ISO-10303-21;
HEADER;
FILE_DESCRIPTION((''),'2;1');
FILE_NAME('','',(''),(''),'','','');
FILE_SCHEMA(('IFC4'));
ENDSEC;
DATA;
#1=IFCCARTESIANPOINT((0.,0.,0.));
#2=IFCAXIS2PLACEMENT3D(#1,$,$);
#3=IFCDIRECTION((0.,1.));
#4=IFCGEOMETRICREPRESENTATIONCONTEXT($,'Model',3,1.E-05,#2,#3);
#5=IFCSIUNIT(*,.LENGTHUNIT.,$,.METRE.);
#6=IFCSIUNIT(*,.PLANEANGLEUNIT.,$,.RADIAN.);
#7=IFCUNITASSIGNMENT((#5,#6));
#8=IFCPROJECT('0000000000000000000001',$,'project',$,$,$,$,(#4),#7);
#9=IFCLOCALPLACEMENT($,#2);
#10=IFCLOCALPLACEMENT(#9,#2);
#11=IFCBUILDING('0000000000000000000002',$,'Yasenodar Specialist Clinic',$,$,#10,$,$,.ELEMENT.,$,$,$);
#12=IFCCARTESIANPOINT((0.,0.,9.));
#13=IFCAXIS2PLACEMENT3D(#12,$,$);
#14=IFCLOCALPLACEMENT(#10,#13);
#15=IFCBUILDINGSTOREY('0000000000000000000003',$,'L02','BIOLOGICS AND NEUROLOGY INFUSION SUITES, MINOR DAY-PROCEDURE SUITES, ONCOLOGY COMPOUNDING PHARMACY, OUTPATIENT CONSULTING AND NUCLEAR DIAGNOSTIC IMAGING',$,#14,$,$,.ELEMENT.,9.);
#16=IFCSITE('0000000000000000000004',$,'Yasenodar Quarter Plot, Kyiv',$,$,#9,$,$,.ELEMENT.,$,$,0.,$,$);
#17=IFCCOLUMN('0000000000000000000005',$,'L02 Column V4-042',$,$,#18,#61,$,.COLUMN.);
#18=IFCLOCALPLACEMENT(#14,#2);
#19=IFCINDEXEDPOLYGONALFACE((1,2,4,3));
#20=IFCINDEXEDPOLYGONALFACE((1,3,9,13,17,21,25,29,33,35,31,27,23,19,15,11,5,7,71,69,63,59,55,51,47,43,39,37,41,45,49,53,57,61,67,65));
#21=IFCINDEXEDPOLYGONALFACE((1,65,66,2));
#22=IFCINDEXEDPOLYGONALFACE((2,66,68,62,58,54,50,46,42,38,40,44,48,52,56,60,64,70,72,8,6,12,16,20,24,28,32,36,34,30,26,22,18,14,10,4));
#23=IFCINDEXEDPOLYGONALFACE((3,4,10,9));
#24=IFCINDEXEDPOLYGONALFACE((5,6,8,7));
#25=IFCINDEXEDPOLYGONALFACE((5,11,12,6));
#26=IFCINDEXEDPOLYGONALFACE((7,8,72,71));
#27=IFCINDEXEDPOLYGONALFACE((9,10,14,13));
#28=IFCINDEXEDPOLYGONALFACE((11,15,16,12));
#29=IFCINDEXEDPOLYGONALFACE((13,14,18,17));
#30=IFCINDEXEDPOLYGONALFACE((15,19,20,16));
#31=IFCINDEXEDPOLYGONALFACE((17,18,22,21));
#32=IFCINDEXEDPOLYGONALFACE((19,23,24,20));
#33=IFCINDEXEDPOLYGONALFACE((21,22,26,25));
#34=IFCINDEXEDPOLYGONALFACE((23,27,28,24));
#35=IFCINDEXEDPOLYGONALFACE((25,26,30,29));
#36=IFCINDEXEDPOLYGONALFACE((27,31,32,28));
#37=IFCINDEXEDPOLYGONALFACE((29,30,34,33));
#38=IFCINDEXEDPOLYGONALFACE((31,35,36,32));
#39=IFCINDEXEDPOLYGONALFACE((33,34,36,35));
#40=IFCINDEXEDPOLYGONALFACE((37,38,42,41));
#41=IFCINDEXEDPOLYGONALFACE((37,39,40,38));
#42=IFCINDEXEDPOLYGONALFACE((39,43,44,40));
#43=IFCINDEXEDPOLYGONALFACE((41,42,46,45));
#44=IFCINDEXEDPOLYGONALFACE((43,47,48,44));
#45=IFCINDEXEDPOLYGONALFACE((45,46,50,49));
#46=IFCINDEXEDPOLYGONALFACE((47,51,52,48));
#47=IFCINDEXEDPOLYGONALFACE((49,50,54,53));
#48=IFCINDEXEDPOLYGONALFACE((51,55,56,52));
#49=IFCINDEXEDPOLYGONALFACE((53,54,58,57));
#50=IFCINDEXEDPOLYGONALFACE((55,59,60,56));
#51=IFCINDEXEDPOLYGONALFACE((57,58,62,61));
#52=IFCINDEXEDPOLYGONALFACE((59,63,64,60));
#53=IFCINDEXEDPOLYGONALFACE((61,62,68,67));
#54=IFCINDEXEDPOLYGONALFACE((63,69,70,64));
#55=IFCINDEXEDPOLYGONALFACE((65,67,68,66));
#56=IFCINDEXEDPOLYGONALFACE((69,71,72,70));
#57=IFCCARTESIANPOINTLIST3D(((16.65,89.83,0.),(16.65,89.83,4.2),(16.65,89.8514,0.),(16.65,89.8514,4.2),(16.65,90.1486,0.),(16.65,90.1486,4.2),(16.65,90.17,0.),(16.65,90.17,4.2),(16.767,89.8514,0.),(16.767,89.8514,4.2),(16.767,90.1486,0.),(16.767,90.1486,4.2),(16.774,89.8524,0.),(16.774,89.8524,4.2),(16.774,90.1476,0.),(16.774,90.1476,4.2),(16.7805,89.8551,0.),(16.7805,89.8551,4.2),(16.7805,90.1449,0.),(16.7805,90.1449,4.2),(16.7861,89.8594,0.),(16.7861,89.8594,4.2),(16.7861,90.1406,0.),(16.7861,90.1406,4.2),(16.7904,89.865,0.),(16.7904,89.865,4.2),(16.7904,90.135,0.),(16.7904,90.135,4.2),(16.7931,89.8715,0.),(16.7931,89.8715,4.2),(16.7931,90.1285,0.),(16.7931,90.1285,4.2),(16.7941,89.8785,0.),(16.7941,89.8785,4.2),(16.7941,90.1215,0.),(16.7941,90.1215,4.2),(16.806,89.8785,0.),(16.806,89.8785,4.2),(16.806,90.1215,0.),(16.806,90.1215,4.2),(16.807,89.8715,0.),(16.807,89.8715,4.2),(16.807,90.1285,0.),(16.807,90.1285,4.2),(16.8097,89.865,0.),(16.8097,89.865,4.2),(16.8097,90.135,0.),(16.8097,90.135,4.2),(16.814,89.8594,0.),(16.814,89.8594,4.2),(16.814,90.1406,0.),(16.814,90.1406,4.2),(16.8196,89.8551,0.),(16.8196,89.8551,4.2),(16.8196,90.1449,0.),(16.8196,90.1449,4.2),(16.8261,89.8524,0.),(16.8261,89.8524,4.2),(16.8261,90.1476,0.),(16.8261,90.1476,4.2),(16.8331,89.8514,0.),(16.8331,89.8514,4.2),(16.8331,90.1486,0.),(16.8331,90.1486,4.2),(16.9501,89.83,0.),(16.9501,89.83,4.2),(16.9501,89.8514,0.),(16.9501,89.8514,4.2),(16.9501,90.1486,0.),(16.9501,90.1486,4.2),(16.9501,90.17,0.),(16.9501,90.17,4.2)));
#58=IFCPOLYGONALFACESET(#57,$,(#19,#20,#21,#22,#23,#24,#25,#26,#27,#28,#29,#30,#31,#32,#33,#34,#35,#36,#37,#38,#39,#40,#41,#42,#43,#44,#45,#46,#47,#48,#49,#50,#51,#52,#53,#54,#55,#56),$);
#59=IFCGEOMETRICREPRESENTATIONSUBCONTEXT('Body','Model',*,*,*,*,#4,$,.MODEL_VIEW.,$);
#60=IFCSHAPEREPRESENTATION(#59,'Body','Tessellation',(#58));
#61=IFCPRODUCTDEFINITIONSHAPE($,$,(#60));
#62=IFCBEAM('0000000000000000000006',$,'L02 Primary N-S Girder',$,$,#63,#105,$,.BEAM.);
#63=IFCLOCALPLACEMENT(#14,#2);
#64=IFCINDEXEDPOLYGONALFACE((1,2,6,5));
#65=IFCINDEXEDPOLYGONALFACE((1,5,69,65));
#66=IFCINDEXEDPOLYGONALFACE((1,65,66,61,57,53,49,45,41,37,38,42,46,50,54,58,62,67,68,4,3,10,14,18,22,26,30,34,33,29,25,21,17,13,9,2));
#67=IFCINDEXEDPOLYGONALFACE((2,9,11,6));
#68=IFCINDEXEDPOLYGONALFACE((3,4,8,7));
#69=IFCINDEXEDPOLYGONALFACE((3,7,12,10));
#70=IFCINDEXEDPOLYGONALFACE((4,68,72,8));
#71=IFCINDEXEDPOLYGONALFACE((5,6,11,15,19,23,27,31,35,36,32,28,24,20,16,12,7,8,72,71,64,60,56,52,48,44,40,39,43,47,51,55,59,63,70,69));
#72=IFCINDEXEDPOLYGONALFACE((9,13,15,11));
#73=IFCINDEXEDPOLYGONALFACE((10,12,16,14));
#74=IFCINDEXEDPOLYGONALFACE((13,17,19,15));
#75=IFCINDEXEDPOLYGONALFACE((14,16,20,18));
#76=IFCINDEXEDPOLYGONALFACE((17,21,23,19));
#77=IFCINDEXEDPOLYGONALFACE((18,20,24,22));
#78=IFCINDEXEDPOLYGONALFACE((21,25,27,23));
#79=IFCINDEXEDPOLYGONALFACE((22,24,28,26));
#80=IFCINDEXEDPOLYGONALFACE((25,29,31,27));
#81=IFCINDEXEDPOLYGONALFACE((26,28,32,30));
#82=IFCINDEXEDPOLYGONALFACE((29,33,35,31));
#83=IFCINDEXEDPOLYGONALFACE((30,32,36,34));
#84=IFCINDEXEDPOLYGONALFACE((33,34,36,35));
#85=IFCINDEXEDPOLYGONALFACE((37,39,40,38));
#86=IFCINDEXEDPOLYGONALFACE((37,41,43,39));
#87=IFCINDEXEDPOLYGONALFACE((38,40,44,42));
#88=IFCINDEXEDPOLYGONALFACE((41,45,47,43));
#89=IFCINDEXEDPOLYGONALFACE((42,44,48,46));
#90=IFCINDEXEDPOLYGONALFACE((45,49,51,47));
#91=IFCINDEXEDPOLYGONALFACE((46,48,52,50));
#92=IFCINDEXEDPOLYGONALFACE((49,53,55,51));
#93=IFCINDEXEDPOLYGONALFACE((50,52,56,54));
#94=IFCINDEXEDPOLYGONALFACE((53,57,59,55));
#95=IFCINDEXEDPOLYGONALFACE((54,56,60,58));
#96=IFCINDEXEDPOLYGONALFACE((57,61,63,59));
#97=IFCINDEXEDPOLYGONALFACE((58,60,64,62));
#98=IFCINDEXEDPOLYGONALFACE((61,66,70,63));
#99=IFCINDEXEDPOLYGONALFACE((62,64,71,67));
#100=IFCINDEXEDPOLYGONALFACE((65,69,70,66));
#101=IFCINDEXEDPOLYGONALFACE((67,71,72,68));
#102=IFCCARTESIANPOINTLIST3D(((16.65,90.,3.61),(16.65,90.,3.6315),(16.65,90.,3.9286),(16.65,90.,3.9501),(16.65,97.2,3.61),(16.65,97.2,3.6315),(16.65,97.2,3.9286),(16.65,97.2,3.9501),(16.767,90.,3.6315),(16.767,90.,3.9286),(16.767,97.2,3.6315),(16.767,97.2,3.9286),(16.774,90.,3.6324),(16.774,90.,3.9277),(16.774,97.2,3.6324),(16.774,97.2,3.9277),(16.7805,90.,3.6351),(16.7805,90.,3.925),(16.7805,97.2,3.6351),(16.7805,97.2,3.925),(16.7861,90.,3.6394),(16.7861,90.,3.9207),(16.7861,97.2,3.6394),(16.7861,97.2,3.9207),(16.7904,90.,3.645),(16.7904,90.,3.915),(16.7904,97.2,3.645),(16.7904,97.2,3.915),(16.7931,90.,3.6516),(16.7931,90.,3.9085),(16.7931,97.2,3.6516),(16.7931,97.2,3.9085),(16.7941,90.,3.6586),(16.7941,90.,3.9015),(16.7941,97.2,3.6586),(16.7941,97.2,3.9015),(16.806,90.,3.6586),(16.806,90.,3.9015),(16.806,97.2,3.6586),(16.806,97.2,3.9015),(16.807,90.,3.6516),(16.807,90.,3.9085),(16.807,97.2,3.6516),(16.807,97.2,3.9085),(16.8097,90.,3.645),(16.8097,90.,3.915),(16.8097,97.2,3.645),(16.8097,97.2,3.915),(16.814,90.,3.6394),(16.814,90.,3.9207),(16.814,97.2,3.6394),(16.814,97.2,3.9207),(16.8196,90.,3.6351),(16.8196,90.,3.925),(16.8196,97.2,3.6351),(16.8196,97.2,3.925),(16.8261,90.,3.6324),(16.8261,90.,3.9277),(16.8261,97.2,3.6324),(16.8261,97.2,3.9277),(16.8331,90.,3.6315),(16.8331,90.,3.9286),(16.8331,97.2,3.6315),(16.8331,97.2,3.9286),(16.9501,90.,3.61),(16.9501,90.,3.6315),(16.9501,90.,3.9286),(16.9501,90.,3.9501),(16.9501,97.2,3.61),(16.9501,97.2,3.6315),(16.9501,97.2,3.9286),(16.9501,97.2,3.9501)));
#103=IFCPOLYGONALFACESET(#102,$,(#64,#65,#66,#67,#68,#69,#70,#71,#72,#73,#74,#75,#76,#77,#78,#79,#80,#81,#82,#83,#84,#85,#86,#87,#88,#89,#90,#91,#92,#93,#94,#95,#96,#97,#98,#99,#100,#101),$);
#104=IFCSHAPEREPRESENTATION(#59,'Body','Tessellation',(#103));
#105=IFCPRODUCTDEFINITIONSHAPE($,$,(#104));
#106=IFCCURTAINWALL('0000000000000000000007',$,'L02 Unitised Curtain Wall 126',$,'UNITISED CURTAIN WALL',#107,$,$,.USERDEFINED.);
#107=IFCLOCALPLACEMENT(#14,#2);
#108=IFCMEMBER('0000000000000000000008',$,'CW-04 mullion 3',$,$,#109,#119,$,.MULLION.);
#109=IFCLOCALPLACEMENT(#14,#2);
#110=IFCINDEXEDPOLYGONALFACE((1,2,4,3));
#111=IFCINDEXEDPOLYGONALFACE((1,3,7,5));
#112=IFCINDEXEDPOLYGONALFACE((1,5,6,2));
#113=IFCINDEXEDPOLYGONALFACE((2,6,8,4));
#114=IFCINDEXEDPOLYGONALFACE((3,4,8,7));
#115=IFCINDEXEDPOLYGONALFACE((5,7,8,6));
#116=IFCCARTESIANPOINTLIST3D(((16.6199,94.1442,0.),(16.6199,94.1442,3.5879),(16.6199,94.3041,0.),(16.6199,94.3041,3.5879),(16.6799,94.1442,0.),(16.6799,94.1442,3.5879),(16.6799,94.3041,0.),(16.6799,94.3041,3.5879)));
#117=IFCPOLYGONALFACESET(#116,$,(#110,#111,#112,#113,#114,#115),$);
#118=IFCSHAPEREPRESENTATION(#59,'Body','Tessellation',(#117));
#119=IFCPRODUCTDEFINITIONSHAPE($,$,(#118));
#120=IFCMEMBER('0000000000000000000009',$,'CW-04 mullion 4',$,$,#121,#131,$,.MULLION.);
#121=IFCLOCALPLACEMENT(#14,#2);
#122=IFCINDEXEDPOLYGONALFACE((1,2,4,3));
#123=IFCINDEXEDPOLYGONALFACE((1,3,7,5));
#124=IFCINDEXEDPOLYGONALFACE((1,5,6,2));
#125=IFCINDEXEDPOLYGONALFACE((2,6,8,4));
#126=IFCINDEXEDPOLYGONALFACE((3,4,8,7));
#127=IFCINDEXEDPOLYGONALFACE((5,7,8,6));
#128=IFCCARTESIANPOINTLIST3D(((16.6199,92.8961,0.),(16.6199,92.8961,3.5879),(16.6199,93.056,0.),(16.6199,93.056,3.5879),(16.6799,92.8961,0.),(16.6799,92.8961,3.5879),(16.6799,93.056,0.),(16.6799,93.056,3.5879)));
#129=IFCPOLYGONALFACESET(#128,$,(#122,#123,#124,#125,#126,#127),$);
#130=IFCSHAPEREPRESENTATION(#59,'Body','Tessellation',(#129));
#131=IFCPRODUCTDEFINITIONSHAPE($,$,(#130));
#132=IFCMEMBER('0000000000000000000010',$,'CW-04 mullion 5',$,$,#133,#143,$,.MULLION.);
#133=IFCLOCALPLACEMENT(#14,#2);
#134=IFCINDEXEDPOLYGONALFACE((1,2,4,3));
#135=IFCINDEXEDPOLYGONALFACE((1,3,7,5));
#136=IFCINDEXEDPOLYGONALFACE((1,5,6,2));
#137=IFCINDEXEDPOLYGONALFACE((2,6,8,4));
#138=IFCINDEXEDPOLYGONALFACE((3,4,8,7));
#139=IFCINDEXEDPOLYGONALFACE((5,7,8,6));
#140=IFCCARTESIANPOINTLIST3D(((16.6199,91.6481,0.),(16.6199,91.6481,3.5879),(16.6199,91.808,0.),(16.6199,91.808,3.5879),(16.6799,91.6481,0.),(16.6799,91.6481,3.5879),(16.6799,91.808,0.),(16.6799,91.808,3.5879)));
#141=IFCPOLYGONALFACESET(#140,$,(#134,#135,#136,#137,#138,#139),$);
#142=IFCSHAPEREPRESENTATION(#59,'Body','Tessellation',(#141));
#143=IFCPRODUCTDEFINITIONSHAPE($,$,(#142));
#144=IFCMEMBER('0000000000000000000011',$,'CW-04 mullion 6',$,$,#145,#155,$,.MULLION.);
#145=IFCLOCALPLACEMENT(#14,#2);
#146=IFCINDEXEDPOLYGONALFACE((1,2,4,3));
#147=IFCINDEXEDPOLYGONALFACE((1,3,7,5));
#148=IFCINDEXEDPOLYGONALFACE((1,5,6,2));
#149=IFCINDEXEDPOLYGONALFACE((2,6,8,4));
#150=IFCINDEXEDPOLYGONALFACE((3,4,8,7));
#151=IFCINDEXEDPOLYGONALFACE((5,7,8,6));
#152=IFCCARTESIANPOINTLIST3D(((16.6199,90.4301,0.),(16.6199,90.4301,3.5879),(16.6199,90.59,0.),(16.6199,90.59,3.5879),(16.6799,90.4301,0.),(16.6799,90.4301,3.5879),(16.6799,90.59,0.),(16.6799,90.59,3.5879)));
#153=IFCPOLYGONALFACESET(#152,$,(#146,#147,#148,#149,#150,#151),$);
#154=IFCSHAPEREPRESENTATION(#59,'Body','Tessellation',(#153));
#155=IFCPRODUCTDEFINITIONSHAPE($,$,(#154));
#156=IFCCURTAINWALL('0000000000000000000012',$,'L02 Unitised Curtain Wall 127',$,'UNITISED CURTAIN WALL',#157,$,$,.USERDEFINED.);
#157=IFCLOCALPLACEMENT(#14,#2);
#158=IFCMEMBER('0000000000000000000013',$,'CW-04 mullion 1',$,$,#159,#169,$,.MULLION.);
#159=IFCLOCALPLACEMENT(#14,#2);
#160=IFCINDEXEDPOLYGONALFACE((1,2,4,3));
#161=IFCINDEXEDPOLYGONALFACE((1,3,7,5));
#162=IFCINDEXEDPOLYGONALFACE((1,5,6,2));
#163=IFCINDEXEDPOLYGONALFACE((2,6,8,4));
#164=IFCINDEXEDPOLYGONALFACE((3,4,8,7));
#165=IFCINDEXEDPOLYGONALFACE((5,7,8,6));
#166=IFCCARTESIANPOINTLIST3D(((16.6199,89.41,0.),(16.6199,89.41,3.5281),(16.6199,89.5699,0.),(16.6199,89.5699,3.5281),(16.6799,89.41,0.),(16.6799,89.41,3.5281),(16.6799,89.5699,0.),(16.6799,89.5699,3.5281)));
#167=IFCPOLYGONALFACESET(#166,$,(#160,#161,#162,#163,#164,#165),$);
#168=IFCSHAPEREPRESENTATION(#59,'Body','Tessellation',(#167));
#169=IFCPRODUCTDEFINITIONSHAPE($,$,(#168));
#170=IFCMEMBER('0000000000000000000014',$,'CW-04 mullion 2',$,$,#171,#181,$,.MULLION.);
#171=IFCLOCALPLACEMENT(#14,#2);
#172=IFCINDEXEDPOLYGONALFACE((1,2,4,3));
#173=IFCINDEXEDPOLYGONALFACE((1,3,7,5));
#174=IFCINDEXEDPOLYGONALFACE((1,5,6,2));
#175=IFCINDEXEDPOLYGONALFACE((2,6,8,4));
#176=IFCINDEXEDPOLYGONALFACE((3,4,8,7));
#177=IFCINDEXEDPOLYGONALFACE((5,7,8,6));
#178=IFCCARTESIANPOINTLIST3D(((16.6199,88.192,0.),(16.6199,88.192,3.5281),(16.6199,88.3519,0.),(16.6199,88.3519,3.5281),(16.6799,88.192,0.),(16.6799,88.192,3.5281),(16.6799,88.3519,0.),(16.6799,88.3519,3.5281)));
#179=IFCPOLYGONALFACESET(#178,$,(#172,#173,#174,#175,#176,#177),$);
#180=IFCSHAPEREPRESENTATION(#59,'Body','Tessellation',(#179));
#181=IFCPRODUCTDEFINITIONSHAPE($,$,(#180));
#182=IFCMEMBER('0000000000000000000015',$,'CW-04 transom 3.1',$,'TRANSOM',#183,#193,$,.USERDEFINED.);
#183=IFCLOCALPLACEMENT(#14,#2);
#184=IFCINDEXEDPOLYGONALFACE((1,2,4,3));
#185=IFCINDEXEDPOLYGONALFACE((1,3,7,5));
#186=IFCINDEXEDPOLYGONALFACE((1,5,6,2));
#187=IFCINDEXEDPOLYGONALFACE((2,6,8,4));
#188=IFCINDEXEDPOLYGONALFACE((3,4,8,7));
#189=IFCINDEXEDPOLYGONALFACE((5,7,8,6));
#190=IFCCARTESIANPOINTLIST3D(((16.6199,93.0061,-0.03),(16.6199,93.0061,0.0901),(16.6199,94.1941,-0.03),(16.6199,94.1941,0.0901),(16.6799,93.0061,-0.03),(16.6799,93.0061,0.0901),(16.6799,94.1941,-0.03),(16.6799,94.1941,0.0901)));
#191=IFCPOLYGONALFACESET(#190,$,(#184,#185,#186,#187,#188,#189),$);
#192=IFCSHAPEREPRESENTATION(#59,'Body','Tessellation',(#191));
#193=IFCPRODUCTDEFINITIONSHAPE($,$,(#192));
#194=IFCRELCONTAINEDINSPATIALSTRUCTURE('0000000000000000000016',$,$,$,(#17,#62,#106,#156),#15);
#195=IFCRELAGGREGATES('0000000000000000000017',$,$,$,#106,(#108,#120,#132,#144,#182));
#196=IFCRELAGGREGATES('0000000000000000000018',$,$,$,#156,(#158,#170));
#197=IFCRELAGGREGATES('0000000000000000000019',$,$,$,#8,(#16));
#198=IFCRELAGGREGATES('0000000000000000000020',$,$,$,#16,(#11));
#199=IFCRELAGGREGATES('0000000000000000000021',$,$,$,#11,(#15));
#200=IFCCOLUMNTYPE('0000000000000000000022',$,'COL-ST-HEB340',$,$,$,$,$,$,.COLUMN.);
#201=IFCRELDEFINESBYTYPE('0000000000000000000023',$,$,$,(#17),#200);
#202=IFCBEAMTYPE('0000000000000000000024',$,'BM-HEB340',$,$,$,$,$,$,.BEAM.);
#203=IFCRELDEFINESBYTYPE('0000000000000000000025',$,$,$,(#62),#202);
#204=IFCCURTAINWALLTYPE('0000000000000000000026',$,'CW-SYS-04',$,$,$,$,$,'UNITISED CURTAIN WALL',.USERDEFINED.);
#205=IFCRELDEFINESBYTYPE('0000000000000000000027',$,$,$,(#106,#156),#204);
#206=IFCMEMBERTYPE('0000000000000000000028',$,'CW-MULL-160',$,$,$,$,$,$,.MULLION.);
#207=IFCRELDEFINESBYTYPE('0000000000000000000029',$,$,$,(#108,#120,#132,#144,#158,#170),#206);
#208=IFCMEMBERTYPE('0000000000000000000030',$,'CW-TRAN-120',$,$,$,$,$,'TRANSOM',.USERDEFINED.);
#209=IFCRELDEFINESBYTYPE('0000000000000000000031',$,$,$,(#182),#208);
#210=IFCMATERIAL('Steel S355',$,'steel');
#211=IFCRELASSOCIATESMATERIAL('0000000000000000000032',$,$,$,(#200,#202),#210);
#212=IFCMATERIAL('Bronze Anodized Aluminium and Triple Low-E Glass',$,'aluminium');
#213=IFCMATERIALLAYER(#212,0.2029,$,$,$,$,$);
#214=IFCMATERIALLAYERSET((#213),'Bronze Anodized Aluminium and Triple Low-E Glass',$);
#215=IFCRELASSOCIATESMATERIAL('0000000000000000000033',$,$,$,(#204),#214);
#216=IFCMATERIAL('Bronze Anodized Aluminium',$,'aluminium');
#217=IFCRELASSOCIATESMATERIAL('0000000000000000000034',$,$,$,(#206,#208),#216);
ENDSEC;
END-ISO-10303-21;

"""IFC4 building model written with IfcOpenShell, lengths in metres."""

from ifc_helpers import new_model, si_unit, direction, frame, origin, origin_2d, place, context, subcontext, project, spatial, rectangle, i_section, extrude, material, layer, layer_set, material_profile, profile_set, type_object, element, aggregate, save


model = new_model("IFC4")

# Units and contexts
model_context = context("Model", 3, precision=1e-05, world=origin(), true_north=direction((0.0, 1.0)))
body_context = subcontext(model_context, "Body", "Model", "MODEL_VIEW")
ifc_project = project(units=[si_unit("LENGTHUNIT", "METRE"), si_unit("PLANEANGLEUNIT", "RADIAN")], contexts=[model_context])

# Site, building, storey
site_placement = place(None, origin())
site = spatial("IfcSite", under=ifc_project, at=site_placement, Name="Yasenodar Quarter Plot, Kyiv", CompositionType="ELEMENT", RefElevation=0.0)
building_placement = place(site_placement, origin())
building = spatial("IfcBuilding", under=site, at=building_placement, Name="Yasenodar Specialist Clinic", CompositionType="ELEMENT")
storey_placement = place(building_placement, frame((0.0, 0.0, 9.0)))
storey = spatial("IfcBuildingStorey", under=building, at=storey_placement, Name="L02", Description="BIOLOGICS AND NEUROLOGY INFUSION SUITES, MINOR DAY-PROCEDURE SUITES, ONCOLOGY COMPOUNDING PHARMACY, OUTPATIENT CONSULTING AND NUCLEAR DIAGNOSTIC IMAGING", CompositionType="ELEMENT", Elevation=9.0)

# Column
ifc_material_1 = material(Name="Steel S355", Category="steel")
ifc_material_profile_1 = material_profile(ifc_material_1, i_section(OverallWidth=0.3, OverallDepth=0.3401, WebThickness=0.012, FlangeThickness=0.0215, FilletRadius=0.0271, at=origin_2d()), Name="HEB 340")
ifc_profile_set_1 = profile_set([ifc_material_profile_1], Name="Steel S355")
column_type = type_object("IfcColumnType", Name="COL-ST-HEB340", PredefinedType="COLUMN", material=ifc_profile_set_1)
column_placement = place(storey_placement, frame((16.8, 90.0, 0.0), z_axis=(0.0, 0.0, 1.0), x_axis=(1.0, 0.0, 0.0)))
element("IfcColumn", 1, at=column_placement, inside=storey, type_object=column_type, Name="L02 Column V4-042", PredefinedType="COLUMN", context=body_context, shape_type="SweptSolid", body=[
    extrude(i_section(OverallWidth=0.3, OverallDepth=0.3401, WebThickness=0.012, FlangeThickness=0.0215, FilletRadius=0.0271, at=origin_2d()), origin(), (0.0, 0.0, 1.0), 4.2),
])

# Beam
ifc_material_profile_2 = material_profile(ifc_material_1, i_section(OverallWidth=0.3, OverallDepth=0.3401, WebThickness=0.012, FlangeThickness=0.0215, FilletRadius=0.0271, at=origin_2d()), Name="HEB 340")
ifc_profile_set_2 = profile_set([ifc_material_profile_2], Name="Steel S355")
beam_type = type_object("IfcBeamType", Name="BM-HEB340", PredefinedType="BEAM", material=ifc_profile_set_2)
beam_placement = place(storey_placement, frame((16.8, 90.0, 3.78), z_axis=(0.0, 1.0, 0.0), x_axis=(-1.0, 0.0, 0.0)))
element("IfcBeam", 2, at=beam_placement, inside=storey, type_object=beam_type, Name="L02 Primary N-S Girder", PredefinedType="BEAM", context=body_context, shape_type="SweptSolid", body=[
    extrude(i_section(OverallWidth=0.3, OverallDepth=0.3401, WebThickness=0.012, FlangeThickness=0.0215, FilletRadius=0.0271, at=origin_2d()), origin(), (0.0, 0.0, 1.0), 7.2),
])

# Curtain walls, members
ifc_material_2 = material(Name="Bronze Anodized Aluminium and Triple Low-E Glass", Category="aluminium")
ifc_layer_1 = layer(ifc_material_2, 0.2029)
ifc_layer_set_1 = layer_set([ifc_layer_1], Name="Bronze Anodized Aluminium and Triple Low-E Glass")
curtain_wall_type = type_object("IfcCurtainWallType", Name="CW-SYS-04", ElementType="UNITISED CURTAIN WALL", PredefinedType="USERDEFINED", material=ifc_layer_set_1)
curtain_wall_1_placement = place(storey_placement, origin())
curtain_wall_1 = element("IfcCurtainWall", 3, at=curtain_wall_1_placement, inside=storey, type_object=curtain_wall_type, Name="L02 Unitised Curtain Wall 126", ObjectType="UNITISED CURTAIN WALL", PredefinedType="USERDEFINED")
ifc_material_3 = material(Name="Bronze Anodized Aluminium", Category="aluminium")
ifc_material_profile_3 = material_profile(ifc_material_3, rectangle(XDim=0.0601, YDim=0.1599, at=origin_2d()), Name="CW-MULL 60x160")
ifc_profile_set_3 = profile_set([ifc_material_profile_3], Name="Bronze Anodized Aluminium")
member_type_1 = type_object("IfcMemberType", Name="CW-MULL-160", PredefinedType="MULLION", material=ifc_profile_set_3)
member_1_placement = place(storey_placement, frame((16.6499, 94.2241, 0.0), z_axis=(0.0, 0.0, 1.0), x_axis=(1.0, 0.0, 0.0)))
member_1 = element("IfcMember", 4, at=member_1_placement, type_object=member_type_1, Name="CW-04 mullion 3", PredefinedType="MULLION", context=body_context, shape_type="SweptSolid", body=[
    extrude(rectangle(XDim=0.0601, YDim=0.1599, at=origin_2d()), origin(), (0.0, 0.0, 1.0), 3.5879),
])
member_2_placement = place(storey_placement, frame((16.6499, 92.9761, 0.0), z_axis=(0.0, 0.0, 1.0), x_axis=(1.0, 0.0, 0.0)))
member_2 = element("IfcMember", 5, at=member_2_placement, type_object=member_type_1, Name="CW-04 mullion 4", PredefinedType="MULLION", context=body_context, shape_type="SweptSolid", body=[
    extrude(rectangle(XDim=0.0601, YDim=0.1599, at=origin_2d()), origin(), (0.0, 0.0, 1.0), 3.5879),
])
member_3_placement = place(storey_placement, frame((16.6499, 91.728, 0.0), z_axis=(0.0, 0.0, 1.0), x_axis=(1.0, 0.0, 0.0)))
member_3 = element("IfcMember", 6, at=member_3_placement, type_object=member_type_1, Name="CW-04 mullion 5", PredefinedType="MULLION", context=body_context, shape_type="SweptSolid", body=[
    extrude(rectangle(XDim=0.0601, YDim=0.1599, at=origin_2d()), origin(), (0.0, 0.0, 1.0), 3.5879),
])
member_4_placement = place(storey_placement, frame((16.6499, 90.51, 0.0), z_axis=(0.0, 0.0, 1.0), x_axis=(1.0, 0.0, 0.0)))
member_4 = element("IfcMember", 7, at=member_4_placement, type_object=member_type_1, Name="CW-04 mullion 6", PredefinedType="MULLION", context=body_context, shape_type="SweptSolid", body=[
    extrude(rectangle(XDim=0.0601, YDim=0.1599, at=origin_2d()), origin(), (0.0, 0.0, 1.0), 3.5879),
])
curtain_wall_2_placement = place(storey_placement, origin())
curtain_wall_2 = element("IfcCurtainWall", 8, at=curtain_wall_2_placement, inside=storey, type_object=curtain_wall_type, Name="L02 Unitised Curtain Wall 127", ObjectType="UNITISED CURTAIN WALL", PredefinedType="USERDEFINED")
member_5_placement = place(storey_placement, frame((16.6499, 89.49, 0.0), z_axis=(0.0, 0.0, 1.0), x_axis=(1.0, 0.0, 0.0)))
member_5 = element("IfcMember", 9, at=member_5_placement, type_object=member_type_1, Name="CW-04 mullion 1", PredefinedType="MULLION", context=body_context, shape_type="SweptSolid", body=[
    extrude(rectangle(XDim=0.0601, YDim=0.1599, at=origin_2d()), origin(), (0.0, 0.0, 1.0), 3.5281),
])
member_6_placement = place(storey_placement, frame((16.6499, 88.272, 0.0), z_axis=(0.0, 0.0, 1.0), x_axis=(1.0, 0.0, 0.0)))
member_6 = element("IfcMember", 10, at=member_6_placement, type_object=member_type_1, Name="CW-04 mullion 2", PredefinedType="MULLION", context=body_context, shape_type="SweptSolid", body=[
    extrude(rectangle(XDim=0.0601, YDim=0.1599, at=origin_2d()), origin(), (0.0, 0.0, 1.0), 3.5281),
])

# Member
ifc_material_profile_4 = material_profile(ifc_material_3, rectangle(XDim=0.0601, YDim=0.1201, at=origin_2d()), Name="CW-TRAN 60x120")
ifc_profile_set_4 = profile_set([ifc_material_profile_4], Name="Bronze Anodized Aluminium")
member_type_2 = type_object("IfcMemberType", Name="CW-TRAN-120", ElementType="TRANSOM", PredefinedType="USERDEFINED", material=ifc_profile_set_4)
member_7_placement = place(storey_placement, frame((16.6499, 94.1941, 0.03), z_axis=(0.0, -1.0, 0.0), x_axis=(1.0, 0.0, 0.0)))
member_7 = element("IfcMember", 11, at=member_7_placement, type_object=member_type_2, Name="CW-04 transom 3.1", ObjectType="TRANSOM", PredefinedType="USERDEFINED", context=body_context, shape_type="SweptSolid", body=[
    extrude(rectangle(XDim=0.0601, YDim=0.1201, at=origin_2d()), origin(), (0.0, 0.0, 1.0), 1.188),
])

aggregate(curtain_wall_1, [member_1, member_2, member_3, member_4, member_7])
aggregate(curtain_wall_2, [member_5, member_6])

save(model, "model.ifc")
